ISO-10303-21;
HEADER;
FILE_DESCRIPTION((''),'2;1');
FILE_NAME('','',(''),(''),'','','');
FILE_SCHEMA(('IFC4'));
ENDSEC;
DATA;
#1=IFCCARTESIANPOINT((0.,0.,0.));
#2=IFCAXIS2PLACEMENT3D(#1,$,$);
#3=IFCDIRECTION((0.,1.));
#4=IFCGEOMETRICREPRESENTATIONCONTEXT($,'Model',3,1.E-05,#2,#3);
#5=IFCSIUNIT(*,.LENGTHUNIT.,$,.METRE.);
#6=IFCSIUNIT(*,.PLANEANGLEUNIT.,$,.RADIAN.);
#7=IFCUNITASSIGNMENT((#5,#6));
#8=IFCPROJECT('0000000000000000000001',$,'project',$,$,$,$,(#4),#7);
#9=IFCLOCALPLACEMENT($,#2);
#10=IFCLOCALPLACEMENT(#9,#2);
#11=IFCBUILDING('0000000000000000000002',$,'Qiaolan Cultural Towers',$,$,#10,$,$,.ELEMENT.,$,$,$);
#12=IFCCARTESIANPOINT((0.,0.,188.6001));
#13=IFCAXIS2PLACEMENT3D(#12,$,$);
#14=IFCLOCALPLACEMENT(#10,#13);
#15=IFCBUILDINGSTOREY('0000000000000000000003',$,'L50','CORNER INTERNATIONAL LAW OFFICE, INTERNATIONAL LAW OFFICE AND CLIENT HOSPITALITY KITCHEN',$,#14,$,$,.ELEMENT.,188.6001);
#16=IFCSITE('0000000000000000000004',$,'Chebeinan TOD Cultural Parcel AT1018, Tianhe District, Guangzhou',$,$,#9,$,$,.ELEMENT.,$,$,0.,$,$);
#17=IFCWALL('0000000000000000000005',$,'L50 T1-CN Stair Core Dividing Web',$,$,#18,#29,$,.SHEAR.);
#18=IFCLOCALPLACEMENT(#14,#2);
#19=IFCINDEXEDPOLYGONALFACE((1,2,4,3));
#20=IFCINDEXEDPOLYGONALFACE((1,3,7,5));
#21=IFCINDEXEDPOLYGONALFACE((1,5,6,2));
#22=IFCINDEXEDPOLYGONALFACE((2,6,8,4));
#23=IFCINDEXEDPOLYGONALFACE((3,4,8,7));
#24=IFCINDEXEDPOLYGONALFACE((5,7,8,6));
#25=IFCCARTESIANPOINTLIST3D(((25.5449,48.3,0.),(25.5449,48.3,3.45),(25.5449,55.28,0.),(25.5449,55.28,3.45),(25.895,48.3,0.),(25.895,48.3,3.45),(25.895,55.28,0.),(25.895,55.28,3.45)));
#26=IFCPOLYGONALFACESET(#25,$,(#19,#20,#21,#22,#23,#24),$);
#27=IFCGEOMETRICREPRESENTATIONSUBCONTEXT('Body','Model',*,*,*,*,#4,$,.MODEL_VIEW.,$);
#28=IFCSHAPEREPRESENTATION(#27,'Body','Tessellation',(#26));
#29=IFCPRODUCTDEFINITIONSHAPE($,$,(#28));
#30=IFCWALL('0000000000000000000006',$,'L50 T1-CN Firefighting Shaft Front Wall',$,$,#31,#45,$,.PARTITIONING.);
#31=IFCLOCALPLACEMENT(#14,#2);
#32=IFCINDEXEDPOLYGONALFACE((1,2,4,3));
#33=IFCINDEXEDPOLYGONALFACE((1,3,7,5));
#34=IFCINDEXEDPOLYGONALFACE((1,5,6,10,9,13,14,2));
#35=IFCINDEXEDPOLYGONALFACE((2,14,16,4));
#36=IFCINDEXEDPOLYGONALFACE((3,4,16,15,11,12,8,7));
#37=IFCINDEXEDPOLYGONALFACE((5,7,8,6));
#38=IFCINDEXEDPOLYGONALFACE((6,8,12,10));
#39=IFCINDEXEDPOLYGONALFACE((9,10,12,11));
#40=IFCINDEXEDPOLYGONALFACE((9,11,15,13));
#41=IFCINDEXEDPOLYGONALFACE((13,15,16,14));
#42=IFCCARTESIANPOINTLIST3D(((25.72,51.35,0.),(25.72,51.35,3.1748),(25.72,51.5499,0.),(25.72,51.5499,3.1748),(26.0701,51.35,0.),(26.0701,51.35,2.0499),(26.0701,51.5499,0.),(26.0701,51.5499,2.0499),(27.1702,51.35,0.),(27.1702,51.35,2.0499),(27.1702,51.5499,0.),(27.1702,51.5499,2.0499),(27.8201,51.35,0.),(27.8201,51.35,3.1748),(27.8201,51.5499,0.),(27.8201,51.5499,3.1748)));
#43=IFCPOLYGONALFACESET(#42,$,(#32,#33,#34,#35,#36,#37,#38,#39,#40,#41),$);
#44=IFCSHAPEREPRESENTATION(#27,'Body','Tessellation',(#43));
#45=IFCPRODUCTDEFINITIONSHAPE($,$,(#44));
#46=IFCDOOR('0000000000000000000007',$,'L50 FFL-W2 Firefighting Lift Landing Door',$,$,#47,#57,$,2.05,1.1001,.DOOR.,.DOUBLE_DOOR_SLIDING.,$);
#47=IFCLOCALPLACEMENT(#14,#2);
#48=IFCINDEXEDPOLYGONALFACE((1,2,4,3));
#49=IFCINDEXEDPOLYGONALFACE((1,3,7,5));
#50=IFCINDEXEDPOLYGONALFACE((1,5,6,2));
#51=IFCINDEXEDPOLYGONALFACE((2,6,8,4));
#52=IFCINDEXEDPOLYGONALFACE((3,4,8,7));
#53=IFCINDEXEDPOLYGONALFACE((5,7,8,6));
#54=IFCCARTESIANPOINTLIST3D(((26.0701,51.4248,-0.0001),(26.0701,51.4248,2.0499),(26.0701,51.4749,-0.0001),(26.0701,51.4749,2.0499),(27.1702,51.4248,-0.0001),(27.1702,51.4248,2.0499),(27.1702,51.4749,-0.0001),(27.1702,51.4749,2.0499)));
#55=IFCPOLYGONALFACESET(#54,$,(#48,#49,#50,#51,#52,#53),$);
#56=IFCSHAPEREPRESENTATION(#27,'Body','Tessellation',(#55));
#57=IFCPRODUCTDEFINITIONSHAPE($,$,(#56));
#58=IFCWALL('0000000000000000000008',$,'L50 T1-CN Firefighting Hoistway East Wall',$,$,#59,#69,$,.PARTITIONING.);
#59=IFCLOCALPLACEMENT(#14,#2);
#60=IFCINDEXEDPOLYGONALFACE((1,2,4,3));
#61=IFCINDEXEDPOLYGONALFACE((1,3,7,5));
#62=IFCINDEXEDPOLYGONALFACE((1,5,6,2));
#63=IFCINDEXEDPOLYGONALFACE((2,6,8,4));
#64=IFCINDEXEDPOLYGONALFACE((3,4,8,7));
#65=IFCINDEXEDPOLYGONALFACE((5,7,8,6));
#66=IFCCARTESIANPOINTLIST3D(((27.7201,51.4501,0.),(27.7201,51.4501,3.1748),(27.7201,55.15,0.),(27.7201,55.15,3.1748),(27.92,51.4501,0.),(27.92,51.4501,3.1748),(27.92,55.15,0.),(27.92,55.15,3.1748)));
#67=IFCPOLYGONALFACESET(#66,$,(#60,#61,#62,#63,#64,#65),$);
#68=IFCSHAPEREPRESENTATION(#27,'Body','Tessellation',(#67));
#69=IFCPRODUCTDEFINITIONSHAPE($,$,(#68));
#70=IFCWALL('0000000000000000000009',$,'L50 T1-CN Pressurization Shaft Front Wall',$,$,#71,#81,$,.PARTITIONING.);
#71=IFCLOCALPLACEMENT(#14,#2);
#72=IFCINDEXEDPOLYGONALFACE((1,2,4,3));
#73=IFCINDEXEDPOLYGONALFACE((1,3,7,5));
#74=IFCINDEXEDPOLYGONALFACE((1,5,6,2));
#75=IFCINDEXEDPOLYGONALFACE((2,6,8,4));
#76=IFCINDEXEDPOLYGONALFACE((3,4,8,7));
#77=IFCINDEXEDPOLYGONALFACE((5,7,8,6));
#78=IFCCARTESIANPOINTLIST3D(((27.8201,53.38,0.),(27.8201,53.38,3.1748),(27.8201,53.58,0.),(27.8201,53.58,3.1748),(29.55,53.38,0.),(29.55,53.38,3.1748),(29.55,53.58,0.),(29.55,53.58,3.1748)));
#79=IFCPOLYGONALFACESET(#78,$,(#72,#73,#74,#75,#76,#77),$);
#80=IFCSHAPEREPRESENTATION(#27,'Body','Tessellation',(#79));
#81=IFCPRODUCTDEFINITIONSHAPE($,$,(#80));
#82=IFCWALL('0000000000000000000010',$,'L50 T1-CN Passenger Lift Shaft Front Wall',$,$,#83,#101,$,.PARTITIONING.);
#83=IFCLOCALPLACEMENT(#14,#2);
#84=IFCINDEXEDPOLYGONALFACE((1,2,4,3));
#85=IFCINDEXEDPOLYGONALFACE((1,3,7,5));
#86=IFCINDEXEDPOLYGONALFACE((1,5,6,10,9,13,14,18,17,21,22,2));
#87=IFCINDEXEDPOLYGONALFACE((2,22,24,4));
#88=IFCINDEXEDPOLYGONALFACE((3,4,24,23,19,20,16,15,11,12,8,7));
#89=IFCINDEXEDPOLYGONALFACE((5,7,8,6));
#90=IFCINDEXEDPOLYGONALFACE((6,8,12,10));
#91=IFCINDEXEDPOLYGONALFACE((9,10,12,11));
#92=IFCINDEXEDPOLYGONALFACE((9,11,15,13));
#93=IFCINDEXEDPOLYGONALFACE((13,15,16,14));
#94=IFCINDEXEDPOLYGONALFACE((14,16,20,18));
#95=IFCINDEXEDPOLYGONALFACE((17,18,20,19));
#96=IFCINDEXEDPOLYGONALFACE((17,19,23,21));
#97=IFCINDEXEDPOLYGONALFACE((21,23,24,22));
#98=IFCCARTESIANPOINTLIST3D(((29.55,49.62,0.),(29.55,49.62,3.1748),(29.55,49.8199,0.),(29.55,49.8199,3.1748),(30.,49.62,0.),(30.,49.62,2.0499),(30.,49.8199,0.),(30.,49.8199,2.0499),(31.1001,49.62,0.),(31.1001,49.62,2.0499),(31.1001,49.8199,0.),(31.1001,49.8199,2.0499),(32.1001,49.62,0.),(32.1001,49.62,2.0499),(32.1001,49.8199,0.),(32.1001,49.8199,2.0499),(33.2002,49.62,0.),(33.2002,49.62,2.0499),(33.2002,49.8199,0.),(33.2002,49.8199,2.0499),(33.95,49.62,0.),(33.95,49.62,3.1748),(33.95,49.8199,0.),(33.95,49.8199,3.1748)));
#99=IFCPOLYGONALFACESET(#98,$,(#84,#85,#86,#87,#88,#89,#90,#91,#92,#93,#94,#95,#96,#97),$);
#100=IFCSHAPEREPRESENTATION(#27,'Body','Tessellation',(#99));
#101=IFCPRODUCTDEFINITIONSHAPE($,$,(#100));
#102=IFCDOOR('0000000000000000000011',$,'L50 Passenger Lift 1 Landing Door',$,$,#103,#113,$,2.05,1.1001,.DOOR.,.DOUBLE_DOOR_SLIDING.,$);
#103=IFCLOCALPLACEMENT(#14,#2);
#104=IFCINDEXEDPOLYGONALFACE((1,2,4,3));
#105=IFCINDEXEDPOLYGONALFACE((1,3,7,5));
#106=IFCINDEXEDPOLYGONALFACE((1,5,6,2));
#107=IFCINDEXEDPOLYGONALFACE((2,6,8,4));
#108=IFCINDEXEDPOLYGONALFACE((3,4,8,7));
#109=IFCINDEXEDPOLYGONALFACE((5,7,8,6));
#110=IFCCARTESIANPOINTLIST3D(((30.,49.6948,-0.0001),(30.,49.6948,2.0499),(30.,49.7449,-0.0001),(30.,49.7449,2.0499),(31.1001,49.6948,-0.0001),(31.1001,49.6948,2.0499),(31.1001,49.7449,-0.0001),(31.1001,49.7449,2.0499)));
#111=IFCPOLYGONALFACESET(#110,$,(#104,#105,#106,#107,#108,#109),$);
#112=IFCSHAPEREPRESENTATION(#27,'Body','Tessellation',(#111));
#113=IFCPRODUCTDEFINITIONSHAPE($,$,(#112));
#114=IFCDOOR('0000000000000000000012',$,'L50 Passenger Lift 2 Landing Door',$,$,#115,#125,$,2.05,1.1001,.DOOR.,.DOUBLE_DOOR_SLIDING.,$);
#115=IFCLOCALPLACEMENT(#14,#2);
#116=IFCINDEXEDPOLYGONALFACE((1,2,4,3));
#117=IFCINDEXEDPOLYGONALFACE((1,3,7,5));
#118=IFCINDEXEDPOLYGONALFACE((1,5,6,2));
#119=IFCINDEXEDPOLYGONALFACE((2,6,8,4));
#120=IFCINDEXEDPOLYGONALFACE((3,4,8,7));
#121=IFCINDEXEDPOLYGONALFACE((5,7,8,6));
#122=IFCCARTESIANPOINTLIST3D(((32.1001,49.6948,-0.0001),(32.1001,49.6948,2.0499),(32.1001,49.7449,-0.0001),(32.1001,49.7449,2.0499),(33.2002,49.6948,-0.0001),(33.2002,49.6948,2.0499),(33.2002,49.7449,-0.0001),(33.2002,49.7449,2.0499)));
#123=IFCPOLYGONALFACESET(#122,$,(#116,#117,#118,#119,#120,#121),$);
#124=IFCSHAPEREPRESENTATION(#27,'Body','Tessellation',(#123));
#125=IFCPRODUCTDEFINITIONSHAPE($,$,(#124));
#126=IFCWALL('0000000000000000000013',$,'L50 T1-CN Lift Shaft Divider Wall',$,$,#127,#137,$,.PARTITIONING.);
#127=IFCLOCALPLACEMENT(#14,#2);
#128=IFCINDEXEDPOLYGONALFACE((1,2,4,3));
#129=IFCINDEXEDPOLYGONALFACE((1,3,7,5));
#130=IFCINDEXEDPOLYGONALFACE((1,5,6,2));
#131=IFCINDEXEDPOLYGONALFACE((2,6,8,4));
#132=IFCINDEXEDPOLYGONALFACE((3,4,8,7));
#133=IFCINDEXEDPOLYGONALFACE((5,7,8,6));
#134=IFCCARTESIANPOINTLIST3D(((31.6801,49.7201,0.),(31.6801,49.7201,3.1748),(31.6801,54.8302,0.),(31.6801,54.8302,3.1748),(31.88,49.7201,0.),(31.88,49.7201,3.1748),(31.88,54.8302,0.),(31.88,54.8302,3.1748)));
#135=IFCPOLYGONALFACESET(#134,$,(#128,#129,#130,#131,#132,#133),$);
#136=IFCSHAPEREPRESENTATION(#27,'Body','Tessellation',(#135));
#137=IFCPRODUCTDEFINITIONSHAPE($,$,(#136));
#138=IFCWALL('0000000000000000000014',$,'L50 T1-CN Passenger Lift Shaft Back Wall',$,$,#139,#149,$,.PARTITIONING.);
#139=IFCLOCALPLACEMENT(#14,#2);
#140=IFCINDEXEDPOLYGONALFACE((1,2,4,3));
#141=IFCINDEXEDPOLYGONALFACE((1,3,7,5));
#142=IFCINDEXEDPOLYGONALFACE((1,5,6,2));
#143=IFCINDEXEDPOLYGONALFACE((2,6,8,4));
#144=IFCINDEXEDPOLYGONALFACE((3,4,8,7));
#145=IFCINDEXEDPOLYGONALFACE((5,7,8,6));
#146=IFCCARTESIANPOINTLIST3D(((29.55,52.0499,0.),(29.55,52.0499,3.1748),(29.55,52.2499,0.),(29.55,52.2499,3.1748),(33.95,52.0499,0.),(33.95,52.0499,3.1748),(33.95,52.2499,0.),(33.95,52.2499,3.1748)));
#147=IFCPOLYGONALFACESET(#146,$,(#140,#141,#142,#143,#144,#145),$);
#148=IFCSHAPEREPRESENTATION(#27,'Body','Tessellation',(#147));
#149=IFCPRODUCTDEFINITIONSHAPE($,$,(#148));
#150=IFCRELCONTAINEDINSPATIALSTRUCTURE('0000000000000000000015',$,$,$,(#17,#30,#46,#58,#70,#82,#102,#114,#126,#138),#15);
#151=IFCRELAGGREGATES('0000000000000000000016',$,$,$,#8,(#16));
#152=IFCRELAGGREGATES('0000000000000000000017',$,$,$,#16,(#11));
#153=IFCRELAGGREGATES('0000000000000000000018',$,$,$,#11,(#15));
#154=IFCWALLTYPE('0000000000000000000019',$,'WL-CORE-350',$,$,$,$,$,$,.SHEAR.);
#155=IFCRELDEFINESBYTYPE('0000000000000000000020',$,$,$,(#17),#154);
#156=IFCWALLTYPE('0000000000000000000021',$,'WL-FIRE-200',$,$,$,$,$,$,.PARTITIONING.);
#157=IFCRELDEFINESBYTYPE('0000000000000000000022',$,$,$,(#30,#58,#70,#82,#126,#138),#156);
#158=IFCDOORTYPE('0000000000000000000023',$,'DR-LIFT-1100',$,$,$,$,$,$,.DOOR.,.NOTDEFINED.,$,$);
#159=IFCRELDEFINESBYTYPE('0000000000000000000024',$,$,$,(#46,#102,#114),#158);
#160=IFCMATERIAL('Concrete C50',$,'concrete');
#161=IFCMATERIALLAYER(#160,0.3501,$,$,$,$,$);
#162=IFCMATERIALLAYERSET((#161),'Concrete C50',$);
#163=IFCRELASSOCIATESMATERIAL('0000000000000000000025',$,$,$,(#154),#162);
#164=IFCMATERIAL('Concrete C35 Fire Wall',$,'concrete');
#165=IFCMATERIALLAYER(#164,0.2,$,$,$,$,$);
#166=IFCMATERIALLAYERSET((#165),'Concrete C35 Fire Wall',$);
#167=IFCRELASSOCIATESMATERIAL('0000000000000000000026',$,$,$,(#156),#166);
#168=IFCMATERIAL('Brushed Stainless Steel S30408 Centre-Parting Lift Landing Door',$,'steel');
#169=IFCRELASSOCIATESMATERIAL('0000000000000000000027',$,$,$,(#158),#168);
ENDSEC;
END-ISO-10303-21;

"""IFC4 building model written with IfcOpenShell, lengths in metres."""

from ifc_helpers import new_model, si_unit, direction, frame, frame_2d, origin, place, context, subcontext, project, spatial, rectangle, extrude, material, layer, layer_set, type_object, element, fill, save


model = new_model("IFC4")

# Units and contexts
model_context = context("Model", 3, precision=1e-05, world=origin(), true_north=direction((0.0, 1.0)))
body_context = subcontext(model_context, "Body", "Model", "MODEL_VIEW")
ifc_project = project(units=[si_unit("LENGTHUNIT", "METRE"), si_unit("PLANEANGLEUNIT", "RADIAN")], contexts=[model_context])

# Site, building, storey
site_placement = place(None, origin())
site = spatial("IfcSite", under=ifc_project, at=site_placement, Name="Chebeinan TOD Cultural Parcel AT1018, Tianhe District, Guangzhou", CompositionType="ELEMENT", RefElevation=0.0)
building_placement = place(site_placement, origin())
building = spatial("IfcBuilding", under=site, at=building_placement, Name="Qiaolan Cultural Towers", CompositionType="ELEMENT")
storey_placement = place(building_placement, frame((0.0, 0.0, 188.6001)))
storey = spatial("IfcBuildingStorey", under=building, at=storey_placement, Name="L50", Description="CORNER INTERNATIONAL LAW OFFICE, INTERNATIONAL LAW OFFICE AND CLIENT HOSPITALITY KITCHEN", CompositionType="ELEMENT", Elevation=188.6001)

# Wall
ifc_material_1 = material(Name="Concrete C50", Category="concrete")
ifc_layer_1 = layer(ifc_material_1, 0.3501)
ifc_layer_set_1 = layer_set([ifc_layer_1], Name="Concrete C50")
wall_type_1 = type_object("IfcWallType", Name="WL-CORE-350", PredefinedType="SHEAR", material=ifc_layer_set_1)
wall_1_placement = place(storey_placement, frame((25.72, 48.3, 0.0), z_axis=(0.0, 0.0, 1.0), x_axis=(0.0, 1.0, 0.0)))
element("IfcWall", 1, at=wall_1_placement, inside=storey, type_object=wall_type_1, Name="L50 T1-CN Stair Core Dividing Web", PredefinedType="SHEAR", context=body_context, shape_type="SweptSolid", body=[
    extrude(rectangle(XDim=6.98, YDim=0.3501, at=frame_2d((3.49, 0.0))), origin(), (0.0, 0.0, 1.0), 3.45),
])

# Wall, opening, door
ifc_material_2 = material(Name="Concrete C35 Fire Wall", Category="concrete")
ifc_layer_2 = layer(ifc_material_2, 0.2)
ifc_layer_set_2 = layer_set([ifc_layer_2], Name="Concrete C35 Fire Wall")
wall_type_2 = type_object("IfcWallType", Name="WL-FIRE-200", PredefinedType="PARTITIONING", material=ifc_layer_set_2)
wall_2_placement = place(storey_placement, frame((25.72, 51.45, 0.0), z_axis=(0.0, 0.0, 1.0), x_axis=(1.0, 0.0, 0.0)))
wall_2 = element("IfcWall", 2, at=wall_2_placement, inside=storey, type_object=wall_type_2, Name="L50 T1-CN Firefighting Shaft Front Wall", PredefinedType="PARTITIONING", context=body_context, shape_type="SweptSolid", body=[
    extrude(rectangle(XDim=2.1001, YDim=0.2, at=frame_2d((1.05, 0.0))), origin(), (0.0, 0.0, 1.0), 3.1748),
])
opening_1_placement = place(wall_2_placement, frame((0.3501, 0.0, 0.0)))
opening_1 = element("IfcOpeningElement", 3, at=opening_1_placement, cuts=wall_2, PredefinedType="OPENING", context=body_context, shape_type="SweptSolid", body=[
    extrude(rectangle(XDim=1.1001, YDim=2.05, at=frame_2d((0.55, 1.0249))), frame((0.0, 0.1099, 0.0), z_axis=(0.0, -1.0, 0.0), x_axis=(1.0, 0.0, 0.0)), (0.0, 0.0, 1.0), 0.22),
])
ifc_material_3 = material(Name="Brushed Stainless Steel S30408 Centre-Parting Lift Landing Door", Category="steel")
door_type_1 = type_object("IfcDoorType", Name="DR-LIFT-1100", OperationType="NOTDEFINED", PredefinedType="DOOR", material=ifc_material_3)
door_1_placement = place(opening_1_placement, origin())
door_1 = element("IfcDoor", 4, at=door_1_placement, inside=storey, type_object=door_type_1, Name="L50 FFL-W2 Firefighting Lift Landing Door", OperationType="DOUBLE_DOOR_SLIDING", OverallHeight=2.05, OverallWidth=1.1001, PredefinedType="DOOR", context=body_context, shape_type="SweptSolid", body=[
    extrude(rectangle(XDim=1.1001, YDim=2.05, at=frame_2d((0.55, 1.0249))), frame((0.0, 0.0249, 0.0), z_axis=(0.0, -1.0, 0.0), x_axis=(1.0, 0.0, 0.0)), (0.0, 0.0, 1.0), 0.05),
])
fill(opening_1, door_1)

# Walls
wall_3_placement = place(storey_placement, frame((27.8201, 51.45, 0.0), z_axis=(0.0, 0.0, 1.0), x_axis=(0.0, 1.0, 0.0)))
element("IfcWall", 5, at=wall_3_placement, inside=storey, type_object=wall_type_2, Name="L50 T1-CN Firefighting Hoistway East Wall", PredefinedType="PARTITIONING", context=body_context, shape_type="SweptSolid", body=[
    extrude(rectangle(XDim=3.7, YDim=0.2, at=frame_2d((1.8501, 0.0))), origin(), (0.0, 0.0, 1.0), 3.1748),
])
wall_4_placement = place(storey_placement, frame((27.8201, 53.48, 0.0), z_axis=(0.0, 0.0, 1.0), x_axis=(1.0, 0.0, 0.0)))
element("IfcWall", 6, at=wall_4_placement, inside=storey, type_object=wall_type_2, Name="L50 T1-CN Pressurization Shaft Front Wall", PredefinedType="PARTITIONING", context=body_context, shape_type="SweptSolid", body=[
    extrude(rectangle(XDim=1.73, YDim=0.2, at=frame_2d((0.865, 0.0))), origin(), (0.0, 0.0, 1.0), 3.1748),
])

# Wall, openings, doors
wall_5_placement = place(storey_placement, frame((29.55, 49.72, 0.0), z_axis=(0.0, 0.0, 1.0), x_axis=(1.0, 0.0, 0.0)))
wall_5 = element("IfcWall", 7, at=wall_5_placement, inside=storey, type_object=wall_type_2, Name="L50 T1-CN Passenger Lift Shaft Front Wall", PredefinedType="PARTITIONING", context=body_context, shape_type="SweptSolid", body=[
    extrude(rectangle(XDim=4.3999, YDim=0.2, at=frame_2d((2.2, 0.0))), origin(), (0.0, 0.0, 1.0), 3.1748),
])
opening_2_placement = place(wall_5_placement, frame((0.45, 0.0, 0.0)))
opening_2 = element("IfcOpeningElement", 8, at=opening_2_placement, cuts=wall_5, PredefinedType="OPENING", context=body_context, shape_type="SweptSolid", body=[
    extrude(rectangle(XDim=1.1001, YDim=2.05, at=frame_2d((0.55, 1.0249))), frame((0.0, 0.1099, 0.0), z_axis=(0.0, -1.0, 0.0), x_axis=(1.0, 0.0, 0.0)), (0.0, 0.0, 1.0), 0.22),
])
opening_3_placement = place(wall_5_placement, frame((2.55, 0.0, 0.0)))
opening_3 = element("IfcOpeningElement", 9, at=opening_3_placement, cuts=wall_5, PredefinedType="OPENING", context=body_context, shape_type="SweptSolid", body=[
    extrude(rectangle(XDim=1.1001, YDim=2.05, at=frame_2d((0.55, 1.0249))), frame((0.0, 0.1099, 0.0), z_axis=(0.0, -1.0, 0.0), x_axis=(1.0, 0.0, 0.0)), (0.0, 0.0, 1.0), 0.22),
])
door_2_placement = place(opening_2_placement, origin())
door_2 = element("IfcDoor", 10, at=door_2_placement, inside=storey, type_object=door_type_1, Name="L50 Passenger Lift 1 Landing Door", OperationType="DOUBLE_DOOR_SLIDING", OverallHeight=2.05, OverallWidth=1.1001, PredefinedType="DOOR", context=body_context, shape_type="SweptSolid", body=[
    extrude(rectangle(XDim=1.1001, YDim=2.05, at=frame_2d((0.55, 1.0249))), frame((0.0, 0.0249, 0.0), z_axis=(0.0, -1.0, 0.0), x_axis=(1.0, 0.0, 0.0)), (0.0, 0.0, 1.0), 0.05),
])
fill(opening_2, door_2)
door_3_placement = place(opening_3_placement, origin())
door_3 = element("IfcDoor", 11, at=door_3_placement, inside=storey, type_object=door_type_1, Name="L50 Passenger Lift 2 Landing Door", OperationType="DOUBLE_DOOR_SLIDING", OverallHeight=2.05, OverallWidth=1.1001, PredefinedType="DOOR", context=body_context, shape_type="SweptSolid", body=[
    extrude(rectangle(XDim=1.1001, YDim=2.05, at=frame_2d((0.55, 1.0249))), frame((0.0, 0.0249, 0.0), z_axis=(0.0, -1.0, 0.0), x_axis=(1.0, 0.0, 0.0)), (0.0, 0.0, 1.0), 0.05),
])
fill(opening_3, door_3)

# Walls
wall_6_placement = place(storey_placement, frame((31.78, 49.72, 0.0), z_axis=(0.0, 0.0, 1.0), x_axis=(0.0, 1.0, 0.0)))
element("IfcWall", 12, at=wall_6_placement, inside=storey, type_object=wall_type_2, Name="L50 T1-CN Lift Shaft Divider Wall", PredefinedType="PARTITIONING", context=body_context, shape_type="SweptSolid", body=[
    extrude(rectangle(XDim=5.1101, YDim=0.2, at=frame_2d((2.5552, 0.0))), origin(), (0.0, 0.0, 1.0), 3.1748),
])
wall_7_placement = place(storey_placement, frame((29.55, 52.1499, 0.0), z_axis=(0.0, 0.0, 1.0), x_axis=(1.0, 0.0, 0.0)))
element("IfcWall", 13, at=wall_7_placement, inside=storey, type_object=wall_type_2, Name="L50 T1-CN Passenger Lift Shaft Back Wall", PredefinedType="PARTITIONING", context=body_context, shape_type="SweptSolid", body=[
    extrude(rectangle(XDim=4.3999, YDim=0.2, at=frame_2d((2.2, 0.0))), origin(), (0.0, 0.0, 1.0), 3.1748),
])

save(model, "model.ifc")
